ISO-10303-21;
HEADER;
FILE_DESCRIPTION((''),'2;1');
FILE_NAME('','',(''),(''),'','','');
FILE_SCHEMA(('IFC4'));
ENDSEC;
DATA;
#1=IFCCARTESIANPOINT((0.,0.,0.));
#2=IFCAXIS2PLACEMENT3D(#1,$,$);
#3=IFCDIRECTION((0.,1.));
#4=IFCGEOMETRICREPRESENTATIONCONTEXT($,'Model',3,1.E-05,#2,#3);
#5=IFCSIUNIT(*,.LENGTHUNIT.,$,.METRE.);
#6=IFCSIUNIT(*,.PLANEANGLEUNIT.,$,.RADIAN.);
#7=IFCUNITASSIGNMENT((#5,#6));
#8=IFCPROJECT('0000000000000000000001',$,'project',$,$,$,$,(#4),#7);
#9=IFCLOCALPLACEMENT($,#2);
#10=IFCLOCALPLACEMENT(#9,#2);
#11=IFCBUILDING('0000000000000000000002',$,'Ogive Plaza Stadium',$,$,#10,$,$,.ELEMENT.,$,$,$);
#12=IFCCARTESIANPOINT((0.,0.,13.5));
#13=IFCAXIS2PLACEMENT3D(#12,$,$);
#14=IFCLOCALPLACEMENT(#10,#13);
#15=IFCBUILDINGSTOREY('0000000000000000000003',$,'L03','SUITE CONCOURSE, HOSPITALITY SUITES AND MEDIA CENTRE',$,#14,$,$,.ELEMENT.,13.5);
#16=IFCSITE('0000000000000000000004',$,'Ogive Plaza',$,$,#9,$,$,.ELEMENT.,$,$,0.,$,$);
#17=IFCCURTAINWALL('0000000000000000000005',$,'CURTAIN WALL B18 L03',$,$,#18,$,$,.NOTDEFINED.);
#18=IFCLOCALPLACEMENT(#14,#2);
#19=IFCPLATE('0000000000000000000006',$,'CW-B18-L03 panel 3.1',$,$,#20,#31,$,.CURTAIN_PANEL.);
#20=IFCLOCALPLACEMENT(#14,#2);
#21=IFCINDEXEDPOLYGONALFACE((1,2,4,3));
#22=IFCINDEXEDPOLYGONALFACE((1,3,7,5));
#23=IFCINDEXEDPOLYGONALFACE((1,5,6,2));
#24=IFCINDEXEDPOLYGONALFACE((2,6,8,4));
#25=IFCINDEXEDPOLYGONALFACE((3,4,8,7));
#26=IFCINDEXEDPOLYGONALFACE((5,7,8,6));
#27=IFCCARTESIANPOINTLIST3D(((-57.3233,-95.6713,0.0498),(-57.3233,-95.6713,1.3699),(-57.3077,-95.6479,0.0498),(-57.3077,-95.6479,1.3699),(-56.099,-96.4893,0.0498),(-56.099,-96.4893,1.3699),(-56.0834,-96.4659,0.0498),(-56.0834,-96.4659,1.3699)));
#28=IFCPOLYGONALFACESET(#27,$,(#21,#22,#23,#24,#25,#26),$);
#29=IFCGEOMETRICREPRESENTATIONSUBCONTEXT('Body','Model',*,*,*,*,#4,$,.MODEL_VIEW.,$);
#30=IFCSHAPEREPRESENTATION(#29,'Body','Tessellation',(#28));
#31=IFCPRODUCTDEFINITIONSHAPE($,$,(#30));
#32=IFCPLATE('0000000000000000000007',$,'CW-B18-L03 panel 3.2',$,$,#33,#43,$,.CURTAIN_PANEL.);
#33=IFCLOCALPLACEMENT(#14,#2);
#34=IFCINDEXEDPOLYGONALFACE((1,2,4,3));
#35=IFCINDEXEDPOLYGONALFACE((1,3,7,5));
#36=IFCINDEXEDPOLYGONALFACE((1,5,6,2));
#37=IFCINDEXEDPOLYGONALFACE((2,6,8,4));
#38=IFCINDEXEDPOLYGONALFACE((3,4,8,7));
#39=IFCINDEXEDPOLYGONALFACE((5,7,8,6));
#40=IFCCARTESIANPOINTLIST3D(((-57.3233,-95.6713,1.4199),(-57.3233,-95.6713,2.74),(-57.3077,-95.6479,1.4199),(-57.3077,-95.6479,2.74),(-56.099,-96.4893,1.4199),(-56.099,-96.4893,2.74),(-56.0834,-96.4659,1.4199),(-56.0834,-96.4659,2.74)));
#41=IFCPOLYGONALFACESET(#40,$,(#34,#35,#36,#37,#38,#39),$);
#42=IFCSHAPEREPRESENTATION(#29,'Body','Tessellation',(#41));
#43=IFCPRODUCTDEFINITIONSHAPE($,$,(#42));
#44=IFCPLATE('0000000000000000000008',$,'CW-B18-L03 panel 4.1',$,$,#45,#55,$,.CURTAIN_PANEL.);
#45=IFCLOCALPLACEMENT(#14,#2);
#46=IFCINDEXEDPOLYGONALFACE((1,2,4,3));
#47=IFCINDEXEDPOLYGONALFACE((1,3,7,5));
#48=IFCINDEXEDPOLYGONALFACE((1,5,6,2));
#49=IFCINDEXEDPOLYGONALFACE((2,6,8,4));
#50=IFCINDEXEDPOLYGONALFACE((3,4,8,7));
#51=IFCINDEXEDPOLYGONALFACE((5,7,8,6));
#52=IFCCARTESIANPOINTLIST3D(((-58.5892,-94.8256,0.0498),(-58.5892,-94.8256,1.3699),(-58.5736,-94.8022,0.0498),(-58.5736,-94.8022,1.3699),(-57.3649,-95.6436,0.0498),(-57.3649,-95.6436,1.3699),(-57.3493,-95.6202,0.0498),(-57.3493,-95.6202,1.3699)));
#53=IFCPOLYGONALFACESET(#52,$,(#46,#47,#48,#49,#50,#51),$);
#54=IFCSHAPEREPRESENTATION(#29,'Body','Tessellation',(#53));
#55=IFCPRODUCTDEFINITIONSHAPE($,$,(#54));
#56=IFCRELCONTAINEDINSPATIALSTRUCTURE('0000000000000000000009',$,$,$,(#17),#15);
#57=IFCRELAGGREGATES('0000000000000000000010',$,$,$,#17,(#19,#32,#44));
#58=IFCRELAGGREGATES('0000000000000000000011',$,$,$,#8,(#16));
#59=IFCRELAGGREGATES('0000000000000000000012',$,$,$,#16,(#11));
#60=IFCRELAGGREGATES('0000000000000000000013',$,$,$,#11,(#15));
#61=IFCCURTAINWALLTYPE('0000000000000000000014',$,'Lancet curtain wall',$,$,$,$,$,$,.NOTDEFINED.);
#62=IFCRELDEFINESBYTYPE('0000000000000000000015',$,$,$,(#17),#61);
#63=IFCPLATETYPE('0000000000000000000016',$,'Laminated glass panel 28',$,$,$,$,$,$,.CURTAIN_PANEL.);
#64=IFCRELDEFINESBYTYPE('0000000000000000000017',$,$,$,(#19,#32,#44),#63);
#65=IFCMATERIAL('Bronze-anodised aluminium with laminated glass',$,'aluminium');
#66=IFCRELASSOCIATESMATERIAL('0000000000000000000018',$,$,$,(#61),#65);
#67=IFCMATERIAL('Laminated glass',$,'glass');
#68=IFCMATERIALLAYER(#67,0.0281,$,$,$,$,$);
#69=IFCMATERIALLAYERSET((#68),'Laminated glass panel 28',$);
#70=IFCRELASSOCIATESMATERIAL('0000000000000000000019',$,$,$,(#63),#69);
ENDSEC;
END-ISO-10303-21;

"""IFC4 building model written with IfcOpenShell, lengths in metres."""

from ifc_helpers import new_model, si_unit, direction, frame, origin, origin_2d, place, context, subcontext, project, spatial, rectangle, extrude, material, layer, layer_set, type_object, element, aggregate, save


model = new_model("IFC4")

# Units and contexts
model_context = context("Model", 3, precision=1e-05, world=origin(), true_north=direction((0.0, 1.0)))
body_context = subcontext(model_context, "Body", "Model", "MODEL_VIEW")
ifc_project = project(units=[si_unit("LENGTHUNIT", "METRE"), si_unit("PLANEANGLEUNIT", "RADIAN")], contexts=[model_context])

# Site, building, storey
site_placement = place(None, origin())
site = spatial("IfcSite", under=ifc_project, at=site_placement, Name="Ogive Plaza", CompositionType="ELEMENT", RefElevation=0.0)
building_placement = place(site_placement, origin())
building = spatial("IfcBuilding", under=site, at=building_placement, Name="Ogive Plaza Stadium", CompositionType="ELEMENT")
storey_placement = place(building_placement, frame((0.0, 0.0, 13.5)))
storey = spatial("IfcBuildingStorey", under=building, at=storey_placement, Name="L03", Description="SUITE CONCOURSE, HOSPITALITY SUITES AND MEDIA CENTRE", CompositionType="ELEMENT", Elevation=13.5)

# Shared definitions
ifc_material_1 = material(Name="Bronze-anodised aluminium with laminated glass", Category="aluminium")
curtain_wall_type = type_object("IfcCurtainWallType", Name="Lancet curtain wall", PredefinedType="NOTDEFINED", material=ifc_material_1)

# Curtain wall
curtain_wall_1_placement = place(storey_placement, origin())
curtain_wall_1 = element("IfcCurtainWall", 1, at=curtain_wall_1_placement, inside=storey, type_object=curtain_wall_type, Name="CURTAIN WALL B18 L03", PredefinedType="NOTDEFINED")

# Plates
ifc_material_2 = material(Name="Laminated glass", Category="glass")
ifc_layer = layer(ifc_material_2, 0.0281)
ifc_layer_set = layer_set([ifc_layer], Name="Laminated glass panel 28")
plate_type = type_object("IfcPlateType", Name="Laminated glass panel 28", PredefinedType="CURTAIN_PANEL", material=ifc_layer_set)
plate_1_placement = place(storey_placement, frame((-56.7034, -96.0686, 0.0498), z_axis=(0.0, 0.0, 1.0), x_axis=(-0.83147, 0.55557, 0.0)))
plate_1 = element("IfcPlate", 2, at=plate_1_placement, type_object=plate_type, Name="CW-B18-L03 panel 3.1", PredefinedType="CURTAIN_PANEL", context=body_context, shape_type="SweptSolid", body=[
    extrude(rectangle(XDim=1.4724, YDim=0.0281, at=origin_2d()), origin(), (0.0, 0.0, 1.0), 1.3201),
])
plate_2_placement = place(storey_placement, frame((-56.7034, -96.0686, 1.4199), z_axis=(0.0, 0.0, 1.0), x_axis=(-0.83147, 0.55557, 0.0)))
plate_2 = element("IfcPlate", 3, at=plate_2_placement, type_object=plate_type, Name="CW-B18-L03 panel 3.2", PredefinedType="CURTAIN_PANEL", context=body_context, shape_type="SweptSolid", body=[
    extrude(rectangle(XDim=1.4724, YDim=0.0281, at=origin_2d()), origin(), (0.0, 0.0, 1.0), 1.3201),
])
plate_3_placement = place(storey_placement, frame((-57.9692, -95.2229, 0.0498), z_axis=(0.0, 0.0, 1.0), x_axis=(-0.83147, 0.55557, 0.0)))
plate_3 = element("IfcPlate", 4, at=plate_3_placement, type_object=plate_type, Name="CW-B18-L03 panel 4.1", PredefinedType="CURTAIN_PANEL", context=body_context, shape_type="SweptSolid", body=[
    extrude(rectangle(XDim=1.4724, YDim=0.0281, at=origin_2d()), origin(), (0.0, 0.0, 1.0), 1.3201),
])
aggregate(curtain_wall_1, [plate_1, plate_2, plate_3])

save(model, "model.ifc")
